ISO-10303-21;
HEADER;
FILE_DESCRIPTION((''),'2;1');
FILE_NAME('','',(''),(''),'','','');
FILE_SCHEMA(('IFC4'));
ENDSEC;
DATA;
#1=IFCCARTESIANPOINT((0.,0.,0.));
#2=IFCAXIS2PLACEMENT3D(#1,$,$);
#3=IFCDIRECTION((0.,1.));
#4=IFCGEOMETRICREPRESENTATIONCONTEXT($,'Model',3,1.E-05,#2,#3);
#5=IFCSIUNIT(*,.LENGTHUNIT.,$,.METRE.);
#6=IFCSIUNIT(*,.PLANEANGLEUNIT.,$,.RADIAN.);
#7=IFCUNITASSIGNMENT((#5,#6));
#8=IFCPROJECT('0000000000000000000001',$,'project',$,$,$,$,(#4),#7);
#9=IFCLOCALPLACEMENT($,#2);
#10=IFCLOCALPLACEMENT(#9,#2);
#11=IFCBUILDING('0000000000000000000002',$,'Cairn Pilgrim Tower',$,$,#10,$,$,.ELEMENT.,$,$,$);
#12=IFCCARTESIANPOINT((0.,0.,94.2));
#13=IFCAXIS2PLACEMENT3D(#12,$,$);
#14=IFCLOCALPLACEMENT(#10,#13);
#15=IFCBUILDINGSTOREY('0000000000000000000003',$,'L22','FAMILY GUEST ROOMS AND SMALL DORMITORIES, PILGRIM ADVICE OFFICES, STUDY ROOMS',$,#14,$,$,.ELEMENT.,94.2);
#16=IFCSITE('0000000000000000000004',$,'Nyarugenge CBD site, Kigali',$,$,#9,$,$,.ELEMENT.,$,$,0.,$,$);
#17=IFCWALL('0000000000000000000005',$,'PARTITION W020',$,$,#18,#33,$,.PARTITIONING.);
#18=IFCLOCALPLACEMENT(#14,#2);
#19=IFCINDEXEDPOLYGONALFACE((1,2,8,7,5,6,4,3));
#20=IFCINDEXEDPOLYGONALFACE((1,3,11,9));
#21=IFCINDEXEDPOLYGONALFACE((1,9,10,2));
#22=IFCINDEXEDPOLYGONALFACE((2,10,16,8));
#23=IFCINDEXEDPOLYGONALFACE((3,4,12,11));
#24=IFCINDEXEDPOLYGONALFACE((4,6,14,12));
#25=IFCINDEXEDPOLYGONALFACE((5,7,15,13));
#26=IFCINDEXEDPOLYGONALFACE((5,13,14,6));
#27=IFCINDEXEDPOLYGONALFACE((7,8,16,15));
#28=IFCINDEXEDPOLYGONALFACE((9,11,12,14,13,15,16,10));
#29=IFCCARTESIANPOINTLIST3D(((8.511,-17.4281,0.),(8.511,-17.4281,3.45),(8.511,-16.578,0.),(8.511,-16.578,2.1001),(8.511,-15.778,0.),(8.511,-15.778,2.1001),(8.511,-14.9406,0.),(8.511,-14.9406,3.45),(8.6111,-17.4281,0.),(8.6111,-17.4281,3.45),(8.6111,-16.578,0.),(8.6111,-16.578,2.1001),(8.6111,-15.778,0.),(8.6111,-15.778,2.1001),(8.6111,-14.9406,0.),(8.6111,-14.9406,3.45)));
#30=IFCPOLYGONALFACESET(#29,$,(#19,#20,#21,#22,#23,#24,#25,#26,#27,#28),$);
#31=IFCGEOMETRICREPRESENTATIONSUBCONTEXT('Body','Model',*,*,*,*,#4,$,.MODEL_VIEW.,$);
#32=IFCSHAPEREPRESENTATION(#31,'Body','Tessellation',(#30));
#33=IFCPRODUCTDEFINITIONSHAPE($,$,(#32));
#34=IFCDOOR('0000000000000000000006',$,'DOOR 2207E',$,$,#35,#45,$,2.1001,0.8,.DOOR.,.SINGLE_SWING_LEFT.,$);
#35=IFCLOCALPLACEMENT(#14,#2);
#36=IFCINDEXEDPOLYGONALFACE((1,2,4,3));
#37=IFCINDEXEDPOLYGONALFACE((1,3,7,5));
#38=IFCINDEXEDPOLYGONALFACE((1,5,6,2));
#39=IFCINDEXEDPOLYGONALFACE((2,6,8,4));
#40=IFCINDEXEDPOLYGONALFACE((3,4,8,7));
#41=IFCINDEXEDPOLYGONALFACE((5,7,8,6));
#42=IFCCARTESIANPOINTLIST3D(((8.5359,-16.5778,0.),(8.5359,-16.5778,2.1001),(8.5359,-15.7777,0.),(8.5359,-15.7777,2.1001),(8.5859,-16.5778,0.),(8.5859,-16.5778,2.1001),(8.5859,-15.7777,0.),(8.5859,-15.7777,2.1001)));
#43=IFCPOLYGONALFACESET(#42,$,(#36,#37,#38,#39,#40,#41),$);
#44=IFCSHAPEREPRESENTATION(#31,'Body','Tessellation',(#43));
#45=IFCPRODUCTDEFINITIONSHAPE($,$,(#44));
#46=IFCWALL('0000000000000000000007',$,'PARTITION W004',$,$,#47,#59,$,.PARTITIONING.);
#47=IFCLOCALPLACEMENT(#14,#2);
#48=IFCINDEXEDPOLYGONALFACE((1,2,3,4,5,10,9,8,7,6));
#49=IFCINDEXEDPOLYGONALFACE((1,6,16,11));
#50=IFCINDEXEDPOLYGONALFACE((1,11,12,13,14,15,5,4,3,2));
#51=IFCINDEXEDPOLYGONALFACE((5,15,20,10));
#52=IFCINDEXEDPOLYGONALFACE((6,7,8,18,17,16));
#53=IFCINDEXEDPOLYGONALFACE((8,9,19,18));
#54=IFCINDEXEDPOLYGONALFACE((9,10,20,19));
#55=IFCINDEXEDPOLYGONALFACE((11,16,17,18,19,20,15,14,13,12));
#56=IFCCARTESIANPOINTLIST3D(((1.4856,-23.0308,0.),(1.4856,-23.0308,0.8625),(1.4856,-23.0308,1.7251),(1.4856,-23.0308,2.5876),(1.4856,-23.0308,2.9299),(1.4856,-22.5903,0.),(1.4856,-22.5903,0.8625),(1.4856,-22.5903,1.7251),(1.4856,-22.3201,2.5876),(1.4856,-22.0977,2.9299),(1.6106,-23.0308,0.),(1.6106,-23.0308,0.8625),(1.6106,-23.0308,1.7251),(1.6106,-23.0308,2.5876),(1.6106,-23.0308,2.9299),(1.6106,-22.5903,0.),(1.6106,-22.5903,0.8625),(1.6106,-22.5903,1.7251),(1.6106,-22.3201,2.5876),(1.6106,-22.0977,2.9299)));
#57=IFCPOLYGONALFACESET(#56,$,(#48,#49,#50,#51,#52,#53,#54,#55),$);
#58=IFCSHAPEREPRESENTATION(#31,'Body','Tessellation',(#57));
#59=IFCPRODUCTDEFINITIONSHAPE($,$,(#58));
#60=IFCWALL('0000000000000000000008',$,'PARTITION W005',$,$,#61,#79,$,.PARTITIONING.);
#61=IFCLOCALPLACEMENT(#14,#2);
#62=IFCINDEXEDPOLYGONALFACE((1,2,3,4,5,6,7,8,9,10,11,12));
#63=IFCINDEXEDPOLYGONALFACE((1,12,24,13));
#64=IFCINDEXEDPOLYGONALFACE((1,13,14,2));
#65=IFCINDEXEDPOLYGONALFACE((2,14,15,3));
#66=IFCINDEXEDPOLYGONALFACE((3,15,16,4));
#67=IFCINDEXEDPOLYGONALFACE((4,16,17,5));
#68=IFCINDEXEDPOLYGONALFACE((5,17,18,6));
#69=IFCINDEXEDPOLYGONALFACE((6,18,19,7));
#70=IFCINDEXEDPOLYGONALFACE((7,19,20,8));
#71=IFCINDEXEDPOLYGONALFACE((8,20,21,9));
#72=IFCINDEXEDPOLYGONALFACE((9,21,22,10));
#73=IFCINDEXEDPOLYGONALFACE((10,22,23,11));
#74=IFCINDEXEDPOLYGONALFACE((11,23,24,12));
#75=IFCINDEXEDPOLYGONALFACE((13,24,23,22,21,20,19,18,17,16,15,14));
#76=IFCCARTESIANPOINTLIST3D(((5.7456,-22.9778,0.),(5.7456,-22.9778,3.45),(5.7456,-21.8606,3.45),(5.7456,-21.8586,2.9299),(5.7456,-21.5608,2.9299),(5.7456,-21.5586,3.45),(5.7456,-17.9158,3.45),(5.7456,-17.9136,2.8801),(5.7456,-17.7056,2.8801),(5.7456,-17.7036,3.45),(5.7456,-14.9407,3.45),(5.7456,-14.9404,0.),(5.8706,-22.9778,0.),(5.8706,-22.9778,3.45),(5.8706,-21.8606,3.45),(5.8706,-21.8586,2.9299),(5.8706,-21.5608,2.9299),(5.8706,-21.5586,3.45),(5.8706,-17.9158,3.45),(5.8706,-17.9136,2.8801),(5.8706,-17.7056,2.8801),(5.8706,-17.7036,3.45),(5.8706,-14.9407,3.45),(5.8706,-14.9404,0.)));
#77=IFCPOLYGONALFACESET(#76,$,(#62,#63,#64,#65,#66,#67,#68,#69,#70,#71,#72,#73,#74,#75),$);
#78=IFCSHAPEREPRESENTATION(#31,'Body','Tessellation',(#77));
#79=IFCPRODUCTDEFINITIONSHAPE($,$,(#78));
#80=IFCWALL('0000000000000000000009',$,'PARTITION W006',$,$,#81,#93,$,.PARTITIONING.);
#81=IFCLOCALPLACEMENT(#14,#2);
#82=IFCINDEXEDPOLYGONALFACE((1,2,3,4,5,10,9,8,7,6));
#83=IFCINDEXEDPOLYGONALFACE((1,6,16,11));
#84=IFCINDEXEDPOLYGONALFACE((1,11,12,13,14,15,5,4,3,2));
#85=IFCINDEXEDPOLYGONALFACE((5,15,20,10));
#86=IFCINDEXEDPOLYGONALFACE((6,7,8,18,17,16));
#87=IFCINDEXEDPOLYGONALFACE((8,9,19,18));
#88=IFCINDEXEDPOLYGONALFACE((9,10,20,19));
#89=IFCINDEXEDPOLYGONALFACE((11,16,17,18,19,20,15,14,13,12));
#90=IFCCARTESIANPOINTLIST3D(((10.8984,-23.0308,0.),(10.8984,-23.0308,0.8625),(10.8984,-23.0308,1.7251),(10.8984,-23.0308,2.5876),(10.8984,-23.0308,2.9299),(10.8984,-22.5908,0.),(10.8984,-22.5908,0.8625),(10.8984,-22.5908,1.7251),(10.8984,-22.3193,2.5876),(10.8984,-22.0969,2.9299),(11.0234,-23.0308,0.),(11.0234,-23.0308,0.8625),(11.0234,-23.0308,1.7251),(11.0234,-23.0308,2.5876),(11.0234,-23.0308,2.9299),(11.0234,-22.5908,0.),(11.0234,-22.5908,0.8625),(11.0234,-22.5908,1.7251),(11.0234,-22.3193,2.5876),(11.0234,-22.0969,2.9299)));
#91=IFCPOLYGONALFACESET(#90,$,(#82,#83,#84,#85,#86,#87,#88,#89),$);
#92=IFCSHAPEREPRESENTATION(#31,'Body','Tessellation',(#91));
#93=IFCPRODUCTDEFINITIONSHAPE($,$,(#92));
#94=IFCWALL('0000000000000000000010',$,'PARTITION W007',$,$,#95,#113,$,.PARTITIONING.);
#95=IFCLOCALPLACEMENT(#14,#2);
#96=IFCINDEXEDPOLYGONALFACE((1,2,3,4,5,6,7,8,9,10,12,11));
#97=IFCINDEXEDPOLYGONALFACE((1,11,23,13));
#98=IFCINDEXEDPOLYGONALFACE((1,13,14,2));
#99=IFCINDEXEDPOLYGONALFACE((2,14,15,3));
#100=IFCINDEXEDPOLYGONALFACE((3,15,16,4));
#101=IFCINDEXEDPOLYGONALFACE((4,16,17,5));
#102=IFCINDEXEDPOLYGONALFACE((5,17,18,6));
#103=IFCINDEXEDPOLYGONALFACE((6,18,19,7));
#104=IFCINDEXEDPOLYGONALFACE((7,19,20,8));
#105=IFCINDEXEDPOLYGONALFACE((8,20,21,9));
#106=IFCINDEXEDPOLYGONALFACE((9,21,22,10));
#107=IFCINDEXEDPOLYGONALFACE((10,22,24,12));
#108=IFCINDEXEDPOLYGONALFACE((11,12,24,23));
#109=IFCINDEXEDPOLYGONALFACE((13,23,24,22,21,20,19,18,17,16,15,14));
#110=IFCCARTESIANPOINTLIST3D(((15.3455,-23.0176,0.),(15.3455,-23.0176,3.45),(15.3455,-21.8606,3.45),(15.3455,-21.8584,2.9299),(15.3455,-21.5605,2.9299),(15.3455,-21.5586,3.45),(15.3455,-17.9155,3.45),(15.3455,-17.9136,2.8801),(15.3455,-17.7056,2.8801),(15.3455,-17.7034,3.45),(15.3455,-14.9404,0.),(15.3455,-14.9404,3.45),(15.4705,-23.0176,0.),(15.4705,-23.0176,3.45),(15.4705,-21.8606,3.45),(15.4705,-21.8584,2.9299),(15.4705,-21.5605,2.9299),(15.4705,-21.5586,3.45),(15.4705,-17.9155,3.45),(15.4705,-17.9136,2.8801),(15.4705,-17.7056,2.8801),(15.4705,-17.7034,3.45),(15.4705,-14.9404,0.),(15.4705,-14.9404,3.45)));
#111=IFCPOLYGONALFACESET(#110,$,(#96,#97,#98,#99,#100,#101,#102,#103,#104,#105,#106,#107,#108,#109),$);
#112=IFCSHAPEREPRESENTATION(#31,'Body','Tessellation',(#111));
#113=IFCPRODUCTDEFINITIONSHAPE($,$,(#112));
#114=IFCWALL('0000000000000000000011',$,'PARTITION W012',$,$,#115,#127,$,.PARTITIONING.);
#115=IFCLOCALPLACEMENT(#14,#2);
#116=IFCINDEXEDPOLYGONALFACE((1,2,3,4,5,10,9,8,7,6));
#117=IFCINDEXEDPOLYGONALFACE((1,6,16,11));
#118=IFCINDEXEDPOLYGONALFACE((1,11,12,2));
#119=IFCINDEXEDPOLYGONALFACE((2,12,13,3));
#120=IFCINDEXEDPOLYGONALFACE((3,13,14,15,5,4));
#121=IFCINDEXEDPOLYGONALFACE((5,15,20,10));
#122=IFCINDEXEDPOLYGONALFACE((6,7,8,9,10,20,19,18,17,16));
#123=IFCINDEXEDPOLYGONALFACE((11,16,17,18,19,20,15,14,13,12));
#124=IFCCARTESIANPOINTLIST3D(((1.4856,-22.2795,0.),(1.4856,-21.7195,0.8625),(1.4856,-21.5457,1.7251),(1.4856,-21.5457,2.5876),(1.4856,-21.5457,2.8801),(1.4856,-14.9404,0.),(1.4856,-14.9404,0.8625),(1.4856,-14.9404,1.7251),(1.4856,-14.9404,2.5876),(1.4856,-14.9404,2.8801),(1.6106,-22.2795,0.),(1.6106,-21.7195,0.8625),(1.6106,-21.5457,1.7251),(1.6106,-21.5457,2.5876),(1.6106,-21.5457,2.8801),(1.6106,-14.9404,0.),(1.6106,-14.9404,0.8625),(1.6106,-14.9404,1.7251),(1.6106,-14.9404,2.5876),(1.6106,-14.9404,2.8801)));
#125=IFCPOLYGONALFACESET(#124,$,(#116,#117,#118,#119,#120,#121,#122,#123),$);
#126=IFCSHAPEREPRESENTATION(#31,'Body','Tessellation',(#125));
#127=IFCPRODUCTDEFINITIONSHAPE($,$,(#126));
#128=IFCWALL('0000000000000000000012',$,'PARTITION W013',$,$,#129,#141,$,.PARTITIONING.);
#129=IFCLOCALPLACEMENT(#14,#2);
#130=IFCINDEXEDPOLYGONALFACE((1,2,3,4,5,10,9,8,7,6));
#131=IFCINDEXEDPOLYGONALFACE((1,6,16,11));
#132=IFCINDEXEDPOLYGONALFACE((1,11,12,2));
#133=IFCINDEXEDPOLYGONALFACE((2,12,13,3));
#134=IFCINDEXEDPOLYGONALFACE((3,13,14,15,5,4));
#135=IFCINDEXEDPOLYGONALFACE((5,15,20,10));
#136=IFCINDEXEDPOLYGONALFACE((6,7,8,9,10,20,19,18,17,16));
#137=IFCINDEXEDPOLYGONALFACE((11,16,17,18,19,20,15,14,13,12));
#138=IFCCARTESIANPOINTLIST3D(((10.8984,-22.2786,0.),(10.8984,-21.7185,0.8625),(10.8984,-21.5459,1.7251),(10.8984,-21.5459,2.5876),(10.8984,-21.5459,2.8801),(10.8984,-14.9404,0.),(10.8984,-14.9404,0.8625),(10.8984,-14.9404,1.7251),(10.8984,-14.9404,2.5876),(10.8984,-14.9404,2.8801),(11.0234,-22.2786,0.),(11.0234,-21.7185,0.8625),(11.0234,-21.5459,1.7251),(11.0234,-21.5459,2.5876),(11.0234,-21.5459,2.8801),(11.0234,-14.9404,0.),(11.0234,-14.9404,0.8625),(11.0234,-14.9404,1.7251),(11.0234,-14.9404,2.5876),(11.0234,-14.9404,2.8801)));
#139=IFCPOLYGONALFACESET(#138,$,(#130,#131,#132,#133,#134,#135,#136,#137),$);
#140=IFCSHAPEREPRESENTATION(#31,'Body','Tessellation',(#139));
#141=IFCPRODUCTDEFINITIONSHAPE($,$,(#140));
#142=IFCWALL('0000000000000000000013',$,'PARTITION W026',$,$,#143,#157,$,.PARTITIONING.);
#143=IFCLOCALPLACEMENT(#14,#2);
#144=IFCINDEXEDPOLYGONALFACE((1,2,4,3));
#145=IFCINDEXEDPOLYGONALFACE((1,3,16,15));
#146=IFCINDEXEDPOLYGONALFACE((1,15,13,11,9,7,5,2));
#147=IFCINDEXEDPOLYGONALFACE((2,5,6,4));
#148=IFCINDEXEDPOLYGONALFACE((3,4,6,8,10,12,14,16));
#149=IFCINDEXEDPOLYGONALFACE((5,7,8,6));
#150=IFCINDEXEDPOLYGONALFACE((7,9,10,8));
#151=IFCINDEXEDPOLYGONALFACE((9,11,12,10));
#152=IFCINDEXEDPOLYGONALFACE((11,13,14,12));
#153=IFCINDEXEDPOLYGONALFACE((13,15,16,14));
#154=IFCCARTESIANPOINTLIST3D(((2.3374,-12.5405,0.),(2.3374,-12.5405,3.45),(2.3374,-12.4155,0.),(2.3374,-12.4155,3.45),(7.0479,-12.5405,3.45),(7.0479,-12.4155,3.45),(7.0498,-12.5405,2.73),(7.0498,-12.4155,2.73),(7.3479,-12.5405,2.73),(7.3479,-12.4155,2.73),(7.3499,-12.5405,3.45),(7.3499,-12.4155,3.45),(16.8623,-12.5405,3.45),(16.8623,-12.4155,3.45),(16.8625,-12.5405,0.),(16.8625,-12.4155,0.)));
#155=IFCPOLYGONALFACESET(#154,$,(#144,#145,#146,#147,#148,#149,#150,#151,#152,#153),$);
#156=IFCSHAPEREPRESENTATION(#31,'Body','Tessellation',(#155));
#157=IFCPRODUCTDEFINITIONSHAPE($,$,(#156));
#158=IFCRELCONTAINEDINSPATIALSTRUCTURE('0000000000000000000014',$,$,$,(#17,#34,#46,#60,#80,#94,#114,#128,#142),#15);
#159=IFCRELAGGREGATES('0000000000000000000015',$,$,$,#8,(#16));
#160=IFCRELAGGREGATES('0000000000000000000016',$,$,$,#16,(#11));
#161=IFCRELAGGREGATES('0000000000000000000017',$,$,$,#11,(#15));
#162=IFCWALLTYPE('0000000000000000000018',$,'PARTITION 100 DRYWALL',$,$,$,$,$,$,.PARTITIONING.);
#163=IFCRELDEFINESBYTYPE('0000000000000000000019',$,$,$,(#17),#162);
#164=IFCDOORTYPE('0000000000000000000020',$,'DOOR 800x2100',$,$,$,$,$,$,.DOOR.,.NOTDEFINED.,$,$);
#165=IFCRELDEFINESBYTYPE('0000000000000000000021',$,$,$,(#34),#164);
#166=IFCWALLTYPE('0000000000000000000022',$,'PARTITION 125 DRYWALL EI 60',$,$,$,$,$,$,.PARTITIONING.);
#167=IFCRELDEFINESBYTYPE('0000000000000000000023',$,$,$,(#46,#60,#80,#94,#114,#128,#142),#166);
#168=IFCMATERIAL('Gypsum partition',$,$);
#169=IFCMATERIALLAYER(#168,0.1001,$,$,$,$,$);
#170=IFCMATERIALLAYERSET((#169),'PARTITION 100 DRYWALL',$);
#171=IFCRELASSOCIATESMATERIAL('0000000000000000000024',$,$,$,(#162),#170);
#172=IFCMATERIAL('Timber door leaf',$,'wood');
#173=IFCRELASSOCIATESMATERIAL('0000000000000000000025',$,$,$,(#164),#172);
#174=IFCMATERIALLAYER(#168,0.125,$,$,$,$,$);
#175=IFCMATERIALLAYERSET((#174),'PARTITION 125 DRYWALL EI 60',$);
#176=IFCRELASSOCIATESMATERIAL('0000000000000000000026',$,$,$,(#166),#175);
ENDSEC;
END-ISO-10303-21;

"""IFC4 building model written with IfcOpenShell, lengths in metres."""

from ifc_helpers import new_model, si_unit, direction, frame, frame_2d, origin, place, context, subcontext, project, spatial, polyline, rectangle, outline, extrude, material, layer, layer_set, type_object, element, fill, save


model = new_model("IFC4")

# Units and contexts
model_context = context("Model", 3, precision=1e-05, world=origin(), true_north=direction((0.0, 1.0)))
body_context = subcontext(model_context, "Body", "Model", "MODEL_VIEW")
ifc_project = project(units=[si_unit("LENGTHUNIT", "METRE"), si_unit("PLANEANGLEUNIT", "RADIAN")], contexts=[model_context])

# Site, building, storey
site_placement = place(None, origin())
site = spatial("IfcSite", under=ifc_project, at=site_placement, Name="Nyarugenge CBD site, Kigali", CompositionType="ELEMENT", RefElevation=0.0)
building_placement = place(site_placement, origin())
building = spatial("IfcBuilding", under=site, at=building_placement, Name="Cairn Pilgrim Tower", CompositionType="ELEMENT")
storey_placement = place(building_placement, frame((0.0, 0.0, 94.2)))
storey = spatial("IfcBuildingStorey", under=building, at=storey_placement, Name="L22", Description="FAMILY GUEST ROOMS AND SMALL DORMITORIES, PILGRIM ADVICE OFFICES, STUDY ROOMS", CompositionType="ELEMENT", Elevation=94.2)

# Shared definitions
ifc_material_1 = material(Name="Gypsum partition")
ifc_layer_1 = layer(ifc_material_1, 0.1001)
ifc_layer_set_1 = layer_set([ifc_layer_1], Name="PARTITION 100 DRYWALL")
wall_type_1 = type_object("IfcWallType", Name="PARTITION 100 DRYWALL", PredefinedType="PARTITIONING", material=ifc_layer_set_1)

# Wall, opening, door
wall_1_placement = place(storey_placement, frame((8.561, -17.428, 0.0), z_axis=(0.0, 0.0, 1.0), x_axis=(0.0, 1.0, 0.0)))
wall_1 = element("IfcWall", 1, at=wall_1_placement, inside=storey, type_object=wall_type_1, Name="PARTITION W020", PredefinedType="PARTITIONING", context=body_context, shape_type="SweptSolid", body=[
    extrude(rectangle(XDim=2.4875, YDim=0.1001, at=frame_2d((1.2437, 0.0))), origin(), (0.0, 0.0, 1.0), 3.45),
])
opening_1_placement = place(wall_1_placement, frame((0.8501, 0.0, 0.0)))
opening_1 = element("IfcOpeningElement", 2, at=opening_1_placement, cuts=wall_1, PredefinedType="OPENING", context=body_context, shape_type="SweptSolid", body=[
    extrude(rectangle(XDim=0.8, YDim=2.1001, at=frame_2d((0.3999, 1.05))), frame((0.0, 0.0601, 0.0), z_axis=(0.0, -1.0, 0.0), x_axis=(1.0, 0.0, 0.0)), (0.0, 0.0, 1.0), 0.1201),
])
ifc_material_2 = material(Name="Timber door leaf", Category="wood")
door_type_1 = type_object("IfcDoorType", Name="DOOR 800x2100", OperationType="NOTDEFINED", PredefinedType="DOOR", material=ifc_material_2)
door_1_placement = place(opening_1_placement, frame((0.8, 0.0, 0.0), z_axis=(0.0, 0.0, 1.0), x_axis=(-1.0, 0.0, 0.0)))
door_1 = element("IfcDoor", 3, at=door_1_placement, inside=storey, type_object=door_type_1, Name="DOOR 2207E", OperationType="SINGLE_SWING_LEFT", OverallHeight=2.1001, OverallWidth=0.8, PredefinedType="DOOR", context=body_context, shape_type="SweptSolid", body=[
    extrude(rectangle(XDim=0.8, YDim=2.1001, at=frame_2d((0.3999, 1.05))), frame((0.0, 0.0249, 0.0), z_axis=(0.0, -1.0, 0.0), x_axis=(1.0, 0.0, 0.0)), (0.0, 0.0, 1.0), 0.05),
])
fill(opening_1, door_1)

# Walls
ifc_layer_2 = layer(ifc_material_1, 0.125)
ifc_layer_set_2 = layer_set([ifc_layer_2], Name="PARTITION 125 DRYWALL EI 60")
wall_type_2 = type_object("IfcWallType", Name="PARTITION 125 DRYWALL EI 60", PredefinedType="PARTITIONING", material=ifc_layer_set_2)
wall_2_placement = place(storey_placement, frame((1.5481, -23.0308, 0.0), z_axis=(0.0, 0.0, 1.0), x_axis=(0.0, 1.0, 0.0)))
element("IfcWall", 4, at=wall_2_placement, inside=storey, type_object=wall_type_2, Name="PARTITION W004", PredefinedType="PARTITIONING", context=body_context, shape_type="SweptSolid", body=[
    extrude(outline(polyline([(0.0, 0.0), (0.4404, 0.0), (0.4404, 0.8625), (0.4404, 1.7251), (0.7107, 2.5876), (0.9331, 2.9299), (0.0, 2.9299), (0.0, 2.5876), (0.0, 1.7251), (0.0, 0.8625), (0.0, 0.0)])), frame((0.0, 0.0625, 0.0), z_axis=(0.0, -1.0, 0.0), x_axis=(1.0, 0.0, 0.0)), (0.0, 0.0, 1.0), 0.125),
])
wall_3_placement = place(storey_placement, frame((5.8081, -22.9778, 0.0), z_axis=(0.0, 0.0, 1.0), x_axis=(0.0, 1.0, 0.0)))
element("IfcWall", 5, at=wall_3_placement, inside=storey, type_object=wall_type_2, Name="PARTITION W005", PredefinedType="PARTITIONING", context=body_context, shape_type="SweptSolid", body=[
    extrude(outline(polyline([(0.0, 0.0), (8.0374, 0.0), (8.0371, 3.45), (5.2742, 3.45), (5.2722, 2.8801), (5.0642, 2.8801), (5.062, 3.45), (1.4192, 3.45), (1.417, 2.9299), (1.1191, 2.9299), (1.1172, 3.45), (0.0, 3.45), (0.0, 0.0)])), frame((0.0, 0.0625, 0.0), z_axis=(0.0, -1.0, 0.0), x_axis=(1.0, 0.0, 0.0)), (0.0, 0.0, 1.0), 0.125),
])
wall_4_placement = place(storey_placement, frame((10.9609, -23.0308, 0.0), z_axis=(0.0, 0.0, 1.0), x_axis=(0.0, 1.0, 0.0)))
element("IfcWall", 6, at=wall_4_placement, inside=storey, type_object=wall_type_2, Name="PARTITION W006", PredefinedType="PARTITIONING", context=body_context, shape_type="SweptSolid", body=[
    extrude(outline(polyline([(0.0, 0.0), (0.4399, 0.0), (0.4399, 0.8625), (0.4399, 1.7251), (0.7114, 2.5876), (0.9338, 2.9299), (0.0, 2.9299), (0.0, 2.5876), (0.0, 1.7251), (0.0, 0.8625), (0.0, 0.0)])), frame((0.0, 0.0625, 0.0), z_axis=(0.0, -1.0, 0.0), x_axis=(1.0, 0.0, 0.0)), (0.0, 0.0, 1.0), 0.125),
])
wall_5_placement = place(storey_placement, frame((15.408, -23.0176, 0.0), z_axis=(0.0, 0.0, 1.0), x_axis=(0.0, 1.0, 0.0)))
element("IfcWall", 7, at=wall_5_placement, inside=storey, type_object=wall_type_2, Name="PARTITION W007", PredefinedType="PARTITIONING", context=body_context, shape_type="SweptSolid", body=[
    extrude(outline(polyline([(0.0, 0.0), (8.0771, 0.0), (8.0771, 3.45), (5.3142, 3.45), (5.312, 2.8801), (5.104, 2.8801), (5.1021, 3.45), (1.459, 3.45), (1.457, 2.9299), (1.1592, 2.9299), (1.157, 3.45), (0.0, 3.45), (0.0, 0.0)])), frame((0.0, 0.0625, 0.0), z_axis=(0.0, -1.0, 0.0), x_axis=(1.0, 0.0, 0.0)), (0.0, 0.0, 1.0), 0.125),
])
wall_6_placement = place(storey_placement, frame((1.5481, -22.2795, 0.0), z_axis=(0.0, 0.0, 1.0), x_axis=(0.0, 1.0, 0.0)))
element("IfcWall", 8, at=wall_6_placement, inside=storey, type_object=wall_type_2, Name="PARTITION W012", PredefinedType="PARTITIONING", context=body_context, shape_type="SweptSolid", body=[
    extrude(outline(polyline([(0.0, 0.0), (7.3391, 0.0), (7.3391, 0.8625), (7.3391, 1.7251), (7.3391, 2.5876), (7.3391, 2.8801), (0.7339, 2.8801), (0.7339, 2.5876), (0.7339, 1.7251), (0.5601, 0.8625), (0.0, 0.0)])), frame((0.0, 0.0625, 0.0), z_axis=(0.0, -1.0, 0.0), x_axis=(1.0, 0.0, 0.0)), (0.0, 0.0, 1.0), 0.125),
])
wall_7_placement = place(storey_placement, frame((10.9609, -22.2786, 0.0), z_axis=(0.0, 0.0, 1.0), x_axis=(0.0, 1.0, 0.0)))
element("IfcWall", 9, at=wall_7_placement, inside=storey, type_object=wall_type_2, Name="PARTITION W013", PredefinedType="PARTITIONING", context=body_context, shape_type="SweptSolid", body=[
    extrude(outline(polyline([(0.0, 0.0), (7.3381, 0.0), (7.3381, 0.8625), (7.3381, 1.7251), (7.3381, 2.5876), (7.3381, 2.8801), (0.7327, 2.8801), (0.7327, 2.5876), (0.7327, 1.7251), (0.5601, 0.8625), (0.0, 0.0)])), frame((0.0, 0.0625, 0.0), z_axis=(0.0, -1.0, 0.0), x_axis=(1.0, 0.0, 0.0)), (0.0, 0.0, 1.0), 0.125),
])
wall_8_placement = place(storey_placement, frame((2.3374, -12.478, 0.0), z_axis=(0.0, 0.0, 1.0), x_axis=(1.0, 0.0, 0.0)))
element("IfcWall", 10, at=wall_8_placement, inside=storey, type_object=wall_type_2, Name="PARTITION W026", PredefinedType="PARTITIONING", context=body_context, shape_type="SweptSolid", body=[
    extrude(outline(polyline([(0.0, 0.0), (14.5251, 0.0), (14.5249, 3.45), (5.0125, 3.45), (5.0105, 2.73), (4.7124, 2.73), (4.7104, 3.45), (0.0, 3.45), (0.0, 0.0)])), frame((0.0, 0.0625, 0.0), z_axis=(0.0, -1.0, 0.0), x_axis=(1.0, 0.0, 0.0)), (0.0, 0.0, 1.0), 0.125),
])

save(model, "model.ifc")
